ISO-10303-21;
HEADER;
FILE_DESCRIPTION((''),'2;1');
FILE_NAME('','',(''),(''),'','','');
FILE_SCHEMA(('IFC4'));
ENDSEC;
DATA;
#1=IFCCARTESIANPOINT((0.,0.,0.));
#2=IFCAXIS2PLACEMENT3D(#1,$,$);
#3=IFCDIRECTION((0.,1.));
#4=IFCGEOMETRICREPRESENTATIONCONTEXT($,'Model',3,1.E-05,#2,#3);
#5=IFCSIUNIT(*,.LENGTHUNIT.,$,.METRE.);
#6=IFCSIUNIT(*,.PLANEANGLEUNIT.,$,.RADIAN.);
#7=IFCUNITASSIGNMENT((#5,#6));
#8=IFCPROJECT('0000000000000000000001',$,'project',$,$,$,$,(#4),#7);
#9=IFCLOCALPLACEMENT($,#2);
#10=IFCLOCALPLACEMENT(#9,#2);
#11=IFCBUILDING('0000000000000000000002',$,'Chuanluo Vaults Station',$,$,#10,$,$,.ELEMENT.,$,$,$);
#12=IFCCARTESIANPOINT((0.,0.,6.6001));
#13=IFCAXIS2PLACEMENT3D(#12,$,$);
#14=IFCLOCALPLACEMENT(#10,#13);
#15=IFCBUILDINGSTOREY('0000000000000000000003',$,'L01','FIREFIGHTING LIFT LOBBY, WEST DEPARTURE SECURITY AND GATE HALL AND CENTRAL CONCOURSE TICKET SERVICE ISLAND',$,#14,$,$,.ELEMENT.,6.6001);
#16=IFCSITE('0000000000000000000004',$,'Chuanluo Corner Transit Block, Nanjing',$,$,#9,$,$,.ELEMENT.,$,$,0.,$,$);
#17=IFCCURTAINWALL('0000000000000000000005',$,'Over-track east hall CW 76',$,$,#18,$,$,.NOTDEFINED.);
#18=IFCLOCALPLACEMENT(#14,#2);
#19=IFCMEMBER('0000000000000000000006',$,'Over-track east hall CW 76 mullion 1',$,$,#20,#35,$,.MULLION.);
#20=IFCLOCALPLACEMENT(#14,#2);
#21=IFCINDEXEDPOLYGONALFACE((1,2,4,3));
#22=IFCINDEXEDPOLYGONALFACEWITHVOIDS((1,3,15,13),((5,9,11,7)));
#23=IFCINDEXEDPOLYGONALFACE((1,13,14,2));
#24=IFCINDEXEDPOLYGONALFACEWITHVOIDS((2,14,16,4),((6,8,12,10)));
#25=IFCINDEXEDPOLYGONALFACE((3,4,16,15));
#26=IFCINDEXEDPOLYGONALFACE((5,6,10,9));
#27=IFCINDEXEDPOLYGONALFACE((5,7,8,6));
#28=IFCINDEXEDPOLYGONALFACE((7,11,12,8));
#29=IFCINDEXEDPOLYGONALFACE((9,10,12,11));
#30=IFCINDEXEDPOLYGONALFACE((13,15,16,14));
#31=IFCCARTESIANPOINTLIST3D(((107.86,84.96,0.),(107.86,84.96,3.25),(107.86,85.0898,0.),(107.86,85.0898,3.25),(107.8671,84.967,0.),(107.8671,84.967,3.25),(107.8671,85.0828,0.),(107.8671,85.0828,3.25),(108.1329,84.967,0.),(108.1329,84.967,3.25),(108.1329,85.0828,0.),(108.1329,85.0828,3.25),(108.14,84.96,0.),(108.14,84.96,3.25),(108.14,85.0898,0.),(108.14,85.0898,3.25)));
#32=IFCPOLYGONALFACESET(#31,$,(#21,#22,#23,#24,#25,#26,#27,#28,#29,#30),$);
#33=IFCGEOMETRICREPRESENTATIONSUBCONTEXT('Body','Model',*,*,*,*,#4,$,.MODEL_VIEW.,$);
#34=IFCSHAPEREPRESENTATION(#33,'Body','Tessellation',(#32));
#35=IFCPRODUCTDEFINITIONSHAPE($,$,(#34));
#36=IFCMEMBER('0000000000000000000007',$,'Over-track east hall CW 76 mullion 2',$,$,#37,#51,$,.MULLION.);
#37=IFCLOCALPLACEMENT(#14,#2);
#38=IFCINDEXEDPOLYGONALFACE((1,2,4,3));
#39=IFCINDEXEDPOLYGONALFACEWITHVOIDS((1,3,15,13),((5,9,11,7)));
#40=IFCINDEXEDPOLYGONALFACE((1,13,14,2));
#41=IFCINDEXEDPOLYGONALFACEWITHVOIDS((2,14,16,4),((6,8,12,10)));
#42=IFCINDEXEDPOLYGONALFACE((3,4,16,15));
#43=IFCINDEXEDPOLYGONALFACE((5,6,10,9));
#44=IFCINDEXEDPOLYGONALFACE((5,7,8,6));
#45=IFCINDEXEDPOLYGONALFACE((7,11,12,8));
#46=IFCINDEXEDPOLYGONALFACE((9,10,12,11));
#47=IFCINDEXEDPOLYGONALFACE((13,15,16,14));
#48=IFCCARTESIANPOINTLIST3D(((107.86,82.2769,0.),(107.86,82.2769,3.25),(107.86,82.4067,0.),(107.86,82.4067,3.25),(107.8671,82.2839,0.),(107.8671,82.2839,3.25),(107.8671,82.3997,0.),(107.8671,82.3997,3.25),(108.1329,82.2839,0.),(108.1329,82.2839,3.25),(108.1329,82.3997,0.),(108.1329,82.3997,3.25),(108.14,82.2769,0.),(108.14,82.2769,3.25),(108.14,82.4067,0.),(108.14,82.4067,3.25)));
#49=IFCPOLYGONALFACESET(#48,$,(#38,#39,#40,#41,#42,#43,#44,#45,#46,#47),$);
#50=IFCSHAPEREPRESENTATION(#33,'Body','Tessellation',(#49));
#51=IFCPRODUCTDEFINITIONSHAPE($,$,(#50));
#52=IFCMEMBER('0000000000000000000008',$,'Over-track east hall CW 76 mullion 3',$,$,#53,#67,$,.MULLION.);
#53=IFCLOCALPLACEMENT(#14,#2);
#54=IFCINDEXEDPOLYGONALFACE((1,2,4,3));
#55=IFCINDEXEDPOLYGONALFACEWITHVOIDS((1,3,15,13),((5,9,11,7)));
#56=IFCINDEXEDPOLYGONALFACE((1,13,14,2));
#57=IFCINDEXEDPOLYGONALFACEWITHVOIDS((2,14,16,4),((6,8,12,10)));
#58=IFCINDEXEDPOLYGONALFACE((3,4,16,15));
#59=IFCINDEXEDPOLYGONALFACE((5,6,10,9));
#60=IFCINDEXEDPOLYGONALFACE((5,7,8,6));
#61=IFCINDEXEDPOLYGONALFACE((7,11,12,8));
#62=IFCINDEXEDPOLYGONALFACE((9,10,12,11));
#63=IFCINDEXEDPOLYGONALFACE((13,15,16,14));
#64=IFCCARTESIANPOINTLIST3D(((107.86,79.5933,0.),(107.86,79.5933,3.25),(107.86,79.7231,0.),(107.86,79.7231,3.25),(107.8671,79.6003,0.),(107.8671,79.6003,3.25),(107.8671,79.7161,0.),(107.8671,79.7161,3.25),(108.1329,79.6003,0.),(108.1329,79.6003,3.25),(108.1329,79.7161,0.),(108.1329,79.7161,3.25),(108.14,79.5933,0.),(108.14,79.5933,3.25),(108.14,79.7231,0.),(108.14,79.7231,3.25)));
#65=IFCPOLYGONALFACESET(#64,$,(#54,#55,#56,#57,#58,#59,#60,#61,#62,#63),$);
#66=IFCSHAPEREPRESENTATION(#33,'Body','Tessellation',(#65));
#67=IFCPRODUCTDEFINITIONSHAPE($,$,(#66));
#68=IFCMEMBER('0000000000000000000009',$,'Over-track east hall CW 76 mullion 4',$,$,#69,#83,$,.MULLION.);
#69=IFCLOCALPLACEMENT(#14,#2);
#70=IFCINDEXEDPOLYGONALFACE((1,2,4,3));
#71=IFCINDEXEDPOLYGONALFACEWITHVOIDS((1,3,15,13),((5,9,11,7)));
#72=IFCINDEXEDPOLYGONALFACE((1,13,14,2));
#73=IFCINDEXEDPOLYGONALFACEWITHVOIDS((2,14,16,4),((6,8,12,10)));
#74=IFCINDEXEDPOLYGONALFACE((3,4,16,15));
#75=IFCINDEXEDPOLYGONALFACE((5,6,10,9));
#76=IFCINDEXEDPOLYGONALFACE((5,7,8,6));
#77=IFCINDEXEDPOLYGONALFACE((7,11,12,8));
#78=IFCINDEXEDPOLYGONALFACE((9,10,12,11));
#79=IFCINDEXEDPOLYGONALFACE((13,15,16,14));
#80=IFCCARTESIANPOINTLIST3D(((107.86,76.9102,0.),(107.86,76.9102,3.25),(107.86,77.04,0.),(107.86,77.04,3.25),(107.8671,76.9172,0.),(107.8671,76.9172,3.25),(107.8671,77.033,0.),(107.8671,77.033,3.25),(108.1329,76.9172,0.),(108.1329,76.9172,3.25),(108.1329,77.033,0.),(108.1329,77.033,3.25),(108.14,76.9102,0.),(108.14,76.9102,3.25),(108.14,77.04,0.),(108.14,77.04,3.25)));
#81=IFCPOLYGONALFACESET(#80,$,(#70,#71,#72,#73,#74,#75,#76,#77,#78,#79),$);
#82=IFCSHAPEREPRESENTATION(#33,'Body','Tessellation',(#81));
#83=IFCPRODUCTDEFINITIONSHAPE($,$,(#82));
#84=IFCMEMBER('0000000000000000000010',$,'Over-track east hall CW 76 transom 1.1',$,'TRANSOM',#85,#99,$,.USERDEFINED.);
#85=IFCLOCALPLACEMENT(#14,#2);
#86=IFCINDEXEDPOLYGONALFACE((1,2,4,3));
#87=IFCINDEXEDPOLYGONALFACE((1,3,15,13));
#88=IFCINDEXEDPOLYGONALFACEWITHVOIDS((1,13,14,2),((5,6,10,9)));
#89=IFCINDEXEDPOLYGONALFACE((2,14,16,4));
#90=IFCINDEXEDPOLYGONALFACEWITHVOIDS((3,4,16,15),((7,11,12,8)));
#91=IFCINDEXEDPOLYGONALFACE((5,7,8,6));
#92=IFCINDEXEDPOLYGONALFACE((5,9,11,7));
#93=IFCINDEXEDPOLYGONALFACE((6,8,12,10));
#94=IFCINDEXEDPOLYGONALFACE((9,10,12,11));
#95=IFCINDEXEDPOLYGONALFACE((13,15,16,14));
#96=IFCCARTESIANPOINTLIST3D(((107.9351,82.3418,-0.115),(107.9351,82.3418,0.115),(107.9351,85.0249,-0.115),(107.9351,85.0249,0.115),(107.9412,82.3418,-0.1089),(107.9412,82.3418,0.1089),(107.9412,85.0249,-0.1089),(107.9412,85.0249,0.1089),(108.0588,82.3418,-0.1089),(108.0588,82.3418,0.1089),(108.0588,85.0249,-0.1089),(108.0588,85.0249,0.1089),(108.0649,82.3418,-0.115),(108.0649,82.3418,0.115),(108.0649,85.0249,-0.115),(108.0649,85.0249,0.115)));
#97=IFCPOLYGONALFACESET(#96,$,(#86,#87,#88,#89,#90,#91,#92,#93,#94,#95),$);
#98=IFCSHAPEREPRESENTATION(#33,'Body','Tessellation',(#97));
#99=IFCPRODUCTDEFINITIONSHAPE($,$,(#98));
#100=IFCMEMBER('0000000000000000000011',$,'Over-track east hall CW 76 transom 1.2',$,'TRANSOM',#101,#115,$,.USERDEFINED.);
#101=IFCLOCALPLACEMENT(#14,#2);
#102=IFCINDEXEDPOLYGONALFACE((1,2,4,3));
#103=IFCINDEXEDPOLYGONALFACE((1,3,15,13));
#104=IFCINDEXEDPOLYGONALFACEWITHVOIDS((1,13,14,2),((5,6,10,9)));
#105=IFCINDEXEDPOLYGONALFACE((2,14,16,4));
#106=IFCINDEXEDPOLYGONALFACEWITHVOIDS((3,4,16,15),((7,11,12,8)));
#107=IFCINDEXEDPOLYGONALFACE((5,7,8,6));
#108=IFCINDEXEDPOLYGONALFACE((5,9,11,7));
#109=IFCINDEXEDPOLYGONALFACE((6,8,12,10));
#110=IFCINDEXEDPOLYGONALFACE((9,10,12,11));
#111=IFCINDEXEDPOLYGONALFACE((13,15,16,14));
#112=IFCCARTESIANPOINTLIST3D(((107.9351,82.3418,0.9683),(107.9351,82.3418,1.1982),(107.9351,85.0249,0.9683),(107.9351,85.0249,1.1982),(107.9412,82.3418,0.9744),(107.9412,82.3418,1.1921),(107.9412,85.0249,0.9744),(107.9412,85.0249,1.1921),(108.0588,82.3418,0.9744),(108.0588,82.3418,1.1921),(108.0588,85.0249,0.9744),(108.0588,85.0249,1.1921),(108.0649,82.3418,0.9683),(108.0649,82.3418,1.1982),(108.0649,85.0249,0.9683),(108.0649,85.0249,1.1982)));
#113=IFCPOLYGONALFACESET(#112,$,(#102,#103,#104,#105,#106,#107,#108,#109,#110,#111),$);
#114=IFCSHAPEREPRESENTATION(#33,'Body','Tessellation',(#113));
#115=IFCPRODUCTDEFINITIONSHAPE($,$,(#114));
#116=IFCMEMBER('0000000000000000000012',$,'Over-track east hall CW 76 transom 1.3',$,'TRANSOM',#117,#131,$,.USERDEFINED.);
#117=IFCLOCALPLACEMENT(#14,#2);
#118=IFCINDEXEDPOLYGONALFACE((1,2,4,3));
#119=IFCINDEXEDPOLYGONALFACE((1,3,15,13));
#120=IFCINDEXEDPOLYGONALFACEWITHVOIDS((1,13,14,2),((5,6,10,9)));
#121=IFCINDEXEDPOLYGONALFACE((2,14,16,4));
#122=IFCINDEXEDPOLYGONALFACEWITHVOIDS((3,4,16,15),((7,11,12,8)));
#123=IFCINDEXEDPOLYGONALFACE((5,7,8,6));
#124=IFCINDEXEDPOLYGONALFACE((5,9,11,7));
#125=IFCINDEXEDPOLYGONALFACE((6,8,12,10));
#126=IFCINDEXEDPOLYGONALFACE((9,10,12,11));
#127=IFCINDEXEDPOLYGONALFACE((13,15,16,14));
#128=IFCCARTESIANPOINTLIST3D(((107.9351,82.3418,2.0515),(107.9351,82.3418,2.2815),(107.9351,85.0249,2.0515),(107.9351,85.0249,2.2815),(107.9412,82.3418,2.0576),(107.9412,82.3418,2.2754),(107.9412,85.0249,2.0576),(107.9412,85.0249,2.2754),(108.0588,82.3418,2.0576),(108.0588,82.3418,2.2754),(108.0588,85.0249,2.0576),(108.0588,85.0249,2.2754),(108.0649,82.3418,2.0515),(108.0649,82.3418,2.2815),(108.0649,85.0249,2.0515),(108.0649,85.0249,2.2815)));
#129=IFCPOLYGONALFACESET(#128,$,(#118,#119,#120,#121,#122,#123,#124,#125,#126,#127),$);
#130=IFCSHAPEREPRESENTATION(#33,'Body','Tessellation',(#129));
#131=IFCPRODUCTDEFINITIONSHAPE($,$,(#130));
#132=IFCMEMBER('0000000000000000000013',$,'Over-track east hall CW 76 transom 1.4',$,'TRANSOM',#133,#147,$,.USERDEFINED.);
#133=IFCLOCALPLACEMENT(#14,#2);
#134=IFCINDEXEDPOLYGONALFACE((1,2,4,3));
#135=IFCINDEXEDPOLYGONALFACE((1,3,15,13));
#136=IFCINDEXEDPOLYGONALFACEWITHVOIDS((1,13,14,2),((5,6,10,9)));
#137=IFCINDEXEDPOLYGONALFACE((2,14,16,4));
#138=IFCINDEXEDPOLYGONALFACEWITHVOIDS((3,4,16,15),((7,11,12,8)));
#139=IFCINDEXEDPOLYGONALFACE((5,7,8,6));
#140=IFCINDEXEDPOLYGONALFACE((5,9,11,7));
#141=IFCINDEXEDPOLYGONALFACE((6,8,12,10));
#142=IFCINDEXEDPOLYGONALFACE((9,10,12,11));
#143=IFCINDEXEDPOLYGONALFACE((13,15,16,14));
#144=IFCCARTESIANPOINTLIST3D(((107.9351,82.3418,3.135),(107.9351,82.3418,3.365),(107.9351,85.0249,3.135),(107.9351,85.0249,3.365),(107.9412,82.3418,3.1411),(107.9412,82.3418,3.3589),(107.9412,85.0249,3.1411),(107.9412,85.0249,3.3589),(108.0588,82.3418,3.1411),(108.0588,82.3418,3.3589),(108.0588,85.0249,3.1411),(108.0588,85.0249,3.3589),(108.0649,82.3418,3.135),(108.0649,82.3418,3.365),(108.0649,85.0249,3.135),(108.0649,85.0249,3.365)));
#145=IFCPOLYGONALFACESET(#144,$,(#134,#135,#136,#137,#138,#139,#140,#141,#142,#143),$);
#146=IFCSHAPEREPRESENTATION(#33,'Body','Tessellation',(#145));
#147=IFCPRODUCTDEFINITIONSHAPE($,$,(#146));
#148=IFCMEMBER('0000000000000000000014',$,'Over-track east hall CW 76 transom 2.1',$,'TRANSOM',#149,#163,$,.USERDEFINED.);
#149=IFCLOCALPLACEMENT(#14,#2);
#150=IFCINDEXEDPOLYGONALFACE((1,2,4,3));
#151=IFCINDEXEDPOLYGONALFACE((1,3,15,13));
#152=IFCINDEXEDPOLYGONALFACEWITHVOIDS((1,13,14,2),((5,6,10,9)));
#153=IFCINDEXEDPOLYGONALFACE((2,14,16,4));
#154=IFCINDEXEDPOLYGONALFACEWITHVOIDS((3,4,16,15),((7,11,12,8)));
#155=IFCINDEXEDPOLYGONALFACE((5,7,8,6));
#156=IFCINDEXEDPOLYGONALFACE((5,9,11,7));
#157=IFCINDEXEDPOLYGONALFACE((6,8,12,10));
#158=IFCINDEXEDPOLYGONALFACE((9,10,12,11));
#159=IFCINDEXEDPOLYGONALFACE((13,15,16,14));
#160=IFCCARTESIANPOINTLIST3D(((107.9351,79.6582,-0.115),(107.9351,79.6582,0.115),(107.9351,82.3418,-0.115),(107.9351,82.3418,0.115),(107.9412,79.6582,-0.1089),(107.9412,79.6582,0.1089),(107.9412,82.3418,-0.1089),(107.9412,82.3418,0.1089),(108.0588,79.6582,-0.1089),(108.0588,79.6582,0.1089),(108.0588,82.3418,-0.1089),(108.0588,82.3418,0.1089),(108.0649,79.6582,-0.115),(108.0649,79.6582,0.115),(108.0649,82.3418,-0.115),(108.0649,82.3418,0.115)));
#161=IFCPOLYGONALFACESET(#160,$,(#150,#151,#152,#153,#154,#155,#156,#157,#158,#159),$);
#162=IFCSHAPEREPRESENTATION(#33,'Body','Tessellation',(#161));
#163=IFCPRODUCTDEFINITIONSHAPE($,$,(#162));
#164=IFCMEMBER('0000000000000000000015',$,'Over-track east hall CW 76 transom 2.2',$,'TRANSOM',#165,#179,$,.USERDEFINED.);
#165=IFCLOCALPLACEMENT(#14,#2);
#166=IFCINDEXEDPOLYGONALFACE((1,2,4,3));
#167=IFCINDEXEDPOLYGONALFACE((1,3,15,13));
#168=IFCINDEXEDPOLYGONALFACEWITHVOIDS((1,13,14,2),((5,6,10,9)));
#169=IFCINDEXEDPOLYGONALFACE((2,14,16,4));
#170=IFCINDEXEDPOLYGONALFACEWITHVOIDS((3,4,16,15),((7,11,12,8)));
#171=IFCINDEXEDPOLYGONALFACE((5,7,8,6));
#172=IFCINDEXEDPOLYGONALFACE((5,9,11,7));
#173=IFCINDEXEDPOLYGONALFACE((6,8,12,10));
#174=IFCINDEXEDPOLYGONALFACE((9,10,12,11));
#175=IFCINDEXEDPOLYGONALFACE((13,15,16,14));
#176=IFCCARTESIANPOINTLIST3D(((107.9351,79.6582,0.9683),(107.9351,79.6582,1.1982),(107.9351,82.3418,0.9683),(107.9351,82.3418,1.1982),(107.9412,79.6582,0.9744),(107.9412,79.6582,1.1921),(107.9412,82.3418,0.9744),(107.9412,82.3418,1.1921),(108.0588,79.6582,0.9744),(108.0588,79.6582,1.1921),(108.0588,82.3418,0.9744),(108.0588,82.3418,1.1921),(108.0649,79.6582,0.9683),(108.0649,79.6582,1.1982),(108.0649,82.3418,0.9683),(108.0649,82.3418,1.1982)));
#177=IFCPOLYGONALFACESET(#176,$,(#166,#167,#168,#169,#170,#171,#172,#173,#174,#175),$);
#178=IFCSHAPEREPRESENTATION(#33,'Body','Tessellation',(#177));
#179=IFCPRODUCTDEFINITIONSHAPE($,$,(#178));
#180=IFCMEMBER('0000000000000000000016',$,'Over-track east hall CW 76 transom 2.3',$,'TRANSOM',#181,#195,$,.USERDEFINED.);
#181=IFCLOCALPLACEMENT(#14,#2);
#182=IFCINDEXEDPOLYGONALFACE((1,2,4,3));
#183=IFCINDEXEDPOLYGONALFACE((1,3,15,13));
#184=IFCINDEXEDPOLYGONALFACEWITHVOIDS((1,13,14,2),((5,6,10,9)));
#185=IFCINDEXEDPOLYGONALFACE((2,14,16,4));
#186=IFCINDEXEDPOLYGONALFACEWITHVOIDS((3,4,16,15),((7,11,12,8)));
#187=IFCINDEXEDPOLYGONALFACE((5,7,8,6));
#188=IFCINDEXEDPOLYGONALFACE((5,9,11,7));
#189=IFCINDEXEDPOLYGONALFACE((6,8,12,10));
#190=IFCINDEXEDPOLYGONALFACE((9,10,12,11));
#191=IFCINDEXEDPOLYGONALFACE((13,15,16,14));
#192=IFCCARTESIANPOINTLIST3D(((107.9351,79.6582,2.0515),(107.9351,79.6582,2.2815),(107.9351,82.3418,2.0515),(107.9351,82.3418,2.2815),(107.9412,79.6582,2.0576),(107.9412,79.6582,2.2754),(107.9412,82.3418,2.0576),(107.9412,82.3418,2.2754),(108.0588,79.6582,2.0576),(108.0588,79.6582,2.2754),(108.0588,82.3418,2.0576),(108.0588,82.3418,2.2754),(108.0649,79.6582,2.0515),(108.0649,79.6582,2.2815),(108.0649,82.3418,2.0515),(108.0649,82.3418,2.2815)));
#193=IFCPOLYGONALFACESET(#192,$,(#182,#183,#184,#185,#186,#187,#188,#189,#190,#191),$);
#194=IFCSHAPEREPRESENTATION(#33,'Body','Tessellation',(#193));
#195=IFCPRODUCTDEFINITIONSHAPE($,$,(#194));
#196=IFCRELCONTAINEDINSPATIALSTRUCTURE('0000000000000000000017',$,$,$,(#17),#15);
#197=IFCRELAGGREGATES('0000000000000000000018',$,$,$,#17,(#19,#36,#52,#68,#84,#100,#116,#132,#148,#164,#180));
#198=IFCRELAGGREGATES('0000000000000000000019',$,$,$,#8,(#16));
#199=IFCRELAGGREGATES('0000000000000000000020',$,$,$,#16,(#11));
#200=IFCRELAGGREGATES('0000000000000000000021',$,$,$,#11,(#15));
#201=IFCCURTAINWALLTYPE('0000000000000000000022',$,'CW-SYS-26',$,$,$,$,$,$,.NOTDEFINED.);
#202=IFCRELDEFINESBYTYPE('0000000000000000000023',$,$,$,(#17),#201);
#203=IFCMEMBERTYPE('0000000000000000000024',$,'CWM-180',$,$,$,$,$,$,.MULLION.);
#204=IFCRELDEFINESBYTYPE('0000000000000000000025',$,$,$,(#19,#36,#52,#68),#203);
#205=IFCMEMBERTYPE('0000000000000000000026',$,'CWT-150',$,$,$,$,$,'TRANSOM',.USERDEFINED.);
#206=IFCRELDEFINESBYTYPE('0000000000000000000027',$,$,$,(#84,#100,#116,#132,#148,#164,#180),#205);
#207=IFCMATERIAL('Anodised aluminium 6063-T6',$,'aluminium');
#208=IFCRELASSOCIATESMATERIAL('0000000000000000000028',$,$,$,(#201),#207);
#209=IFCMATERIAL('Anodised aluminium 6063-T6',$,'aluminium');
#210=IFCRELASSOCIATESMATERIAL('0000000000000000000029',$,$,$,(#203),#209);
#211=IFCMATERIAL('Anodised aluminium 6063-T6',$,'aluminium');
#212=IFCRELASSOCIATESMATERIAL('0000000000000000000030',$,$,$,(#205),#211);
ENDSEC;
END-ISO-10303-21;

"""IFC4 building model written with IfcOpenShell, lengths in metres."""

from ifc_helpers import new_model, si_unit, direction, frame, origin, origin_2d, place, context, subcontext, project, spatial, hollow_rectangle, extrude, material, material_profile, profile_set, type_object, element, aggregate, save


model = new_model("IFC4")

# Units and contexts
model_context = context("Model", 3, precision=1e-05, world=origin(), true_north=direction((0.0, 1.0)))
body_context = subcontext(model_context, "Body", "Model", "MODEL_VIEW")
ifc_project = project(units=[si_unit("LENGTHUNIT", "METRE"), si_unit("PLANEANGLEUNIT", "RADIAN")], contexts=[model_context])

# Site, building, storey
site_placement = place(None, origin())
site = spatial("IfcSite", under=ifc_project, at=site_placement, Name="Chuanluo Corner Transit Block, Nanjing", CompositionType="ELEMENT", RefElevation=0.0)
building_placement = place(site_placement, origin())
building = spatial("IfcBuilding", under=site, at=building_placement, Name="Chuanluo Vaults Station", CompositionType="ELEMENT")
storey_placement = place(building_placement, frame((0.0, 0.0, 6.6001)))
storey = spatial("IfcBuildingStorey", under=building, at=storey_placement, Name="L01", Description="FIREFIGHTING LIFT LOBBY, WEST DEPARTURE SECURITY AND GATE HALL AND CENTRAL CONCOURSE TICKET SERVICE ISLAND", CompositionType="ELEMENT", Elevation=6.6001)

# Curtain wall, members
ifc_material_1 = material(Name="Anodised aluminium 6063-T6", Category="aluminium")
curtain_wall_type = type_object("IfcCurtainWallType", Name="CW-SYS-26", PredefinedType="NOTDEFINED", material=ifc_material_1)
curtain_wall_placement = place(storey_placement, origin())
curtain_wall = element("IfcCurtainWall", 1, at=curtain_wall_placement, inside=storey, type_object=curtain_wall_type, Name="Over-track east hall CW 76", PredefinedType="NOTDEFINED")
ifc_material_2 = material(Name="Anodised aluminium 6063-T6", Category="aluminium")
ifc_material_profile_1 = material_profile(ifc_material_2, hollow_rectangle(XDim=0.1299, YDim=0.28, WallThickness=0.0071, at=origin_2d()))
ifc_profile_set_1 = profile_set([ifc_material_profile_1], Name="Anodised aluminium 6063-T6")
member_type_1 = type_object("IfcMemberType", Name="CWM-180", PredefinedType="MULLION", material=ifc_profile_set_1)
member_1_placement = place(storey_placement, frame((108.0, 85.0249, 0.0), z_axis=(0.0, 0.0, 1.0), x_axis=(0.0, -1.0, 0.0)))
member_1 = element("IfcMember", 2, at=member_1_placement, type_object=member_type_1, Name="Over-track east hall CW 76 mullion 1", PredefinedType="MULLION", context=body_context, shape_type="SweptSolid", body=[
    extrude(hollow_rectangle(XDim=0.1299, YDim=0.28, WallThickness=0.0071, at=origin_2d()), origin(), (0.0, 0.0, 1.0), 3.25),
])
member_2_placement = place(storey_placement, frame((108.0, 82.3418, 0.0), z_axis=(0.0, 0.0, 1.0), x_axis=(0.0, -1.0, 0.0)))
member_2 = element("IfcMember", 3, at=member_2_placement, type_object=member_type_1, Name="Over-track east hall CW 76 mullion 2", PredefinedType="MULLION", context=body_context, shape_type="SweptSolid", body=[
    extrude(hollow_rectangle(XDim=0.1299, YDim=0.28, WallThickness=0.0071, at=origin_2d()), origin(), (0.0, 0.0, 1.0), 3.25),
])
member_3_placement = place(storey_placement, frame((108.0, 79.6582, 0.0), z_axis=(0.0, 0.0, 1.0), x_axis=(0.0, -1.0, 0.0)))
member_3 = element("IfcMember", 4, at=member_3_placement, type_object=member_type_1, Name="Over-track east hall CW 76 mullion 3", PredefinedType="MULLION", context=body_context, shape_type="SweptSolid", body=[
    extrude(hollow_rectangle(XDim=0.1299, YDim=0.28, WallThickness=0.0071, at=origin_2d()), origin(), (0.0, 0.0, 1.0), 3.25),
])
member_4_placement = place(storey_placement, frame((108.0, 76.9751, 0.0), z_axis=(0.0, 0.0, 1.0), x_axis=(0.0, -1.0, 0.0)))
member_4 = element("IfcMember", 5, at=member_4_placement, type_object=member_type_1, Name="Over-track east hall CW 76 mullion 4", PredefinedType="MULLION", context=body_context, shape_type="SweptSolid", body=[
    extrude(hollow_rectangle(XDim=0.1299, YDim=0.28, WallThickness=0.0071, at=origin_2d()), origin(), (0.0, 0.0, 1.0), 3.25),
])
ifc_material_3 = material(Name="Anodised aluminium 6063-T6", Category="aluminium")
ifc_material_profile_2 = material_profile(ifc_material_3, hollow_rectangle(XDim=0.1299, YDim=0.23, WallThickness=0.0061, at=origin_2d()))
ifc_profile_set_2 = profile_set([ifc_material_profile_2], Name="Anodised aluminium 6063-T6")
member_type_2 = type_object("IfcMemberType", Name="CWT-150", ElementType="TRANSOM", PredefinedType="USERDEFINED", material=ifc_profile_set_2)
member_5_placement = place(storey_placement, frame((108.0, 85.0249, 0.0), z_axis=(0.0, -1.0, 0.0), x_axis=(1.0, 0.0, 0.0)))
member_5 = element("IfcMember", 6, at=member_5_placement, type_object=member_type_2, Name="Over-track east hall CW 76 transom 1.1", ObjectType="TRANSOM", PredefinedType="USERDEFINED", context=body_context, shape_type="SweptSolid", body=[
    extrude(hollow_rectangle(XDim=0.1299, YDim=0.23, WallThickness=0.0061, at=origin_2d()), origin(), (0.0, 0.0, 1.0), 2.6831),
])
member_6_placement = place(storey_placement, frame((108.0, 85.0249, 1.0833), z_axis=(0.0, -1.0, 0.0), x_axis=(1.0, 0.0, 0.0)))
member_6 = element("IfcMember", 7, at=member_6_placement, type_object=member_type_2, Name="Over-track east hall CW 76 transom 1.2", ObjectType="TRANSOM", PredefinedType="USERDEFINED", context=body_context, shape_type="SweptSolid", body=[
    extrude(hollow_rectangle(XDim=0.1299, YDim=0.23, WallThickness=0.0061, at=origin_2d()), origin(), (0.0, 0.0, 1.0), 2.6831),
])
member_7_placement = place(storey_placement, frame((108.0, 85.0249, 2.1665), z_axis=(0.0, -1.0, 0.0), x_axis=(1.0, 0.0, 0.0)))
member_7 = element("IfcMember", 8, at=member_7_placement, type_object=member_type_2, Name="Over-track east hall CW 76 transom 1.3", ObjectType="TRANSOM", PredefinedType="USERDEFINED", context=body_context, shape_type="SweptSolid", body=[
    extrude(hollow_rectangle(XDim=0.1299, YDim=0.23, WallThickness=0.0061, at=origin_2d()), origin(), (0.0, 0.0, 1.0), 2.6831),
])
member_8_placement = place(storey_placement, frame((108.0, 85.0249, 3.25), z_axis=(0.0, -1.0, 0.0), x_axis=(1.0, 0.0, 0.0)))
member_8 = element("IfcMember", 9, at=member_8_placement, type_object=member_type_2, Name="Over-track east hall CW 76 transom 1.4", ObjectType="TRANSOM", PredefinedType="USERDEFINED", context=body_context, shape_type="SweptSolid", body=[
    extrude(hollow_rectangle(XDim=0.1299, YDim=0.23, WallThickness=0.0061, at=origin_2d()), origin(), (0.0, 0.0, 1.0), 2.6831),
])
member_9_placement = place(storey_placement, frame((108.0, 82.3418, 0.0), z_axis=(0.0, -1.0, 0.0), x_axis=(1.0, 0.0, 0.0)))
member_9 = element("IfcMember", 10, at=member_9_placement, type_object=member_type_2, Name="Over-track east hall CW 76 transom 2.1", ObjectType="TRANSOM", PredefinedType="USERDEFINED", context=body_context, shape_type="SweptSolid", body=[
    extrude(hollow_rectangle(XDim=0.1299, YDim=0.23, WallThickness=0.0061, at=origin_2d()), origin(), (0.0, 0.0, 1.0), 2.6836),
])
member_10_placement = place(storey_placement, frame((108.0, 82.3418, 1.0833), z_axis=(0.0, -1.0, 0.0), x_axis=(1.0, 0.0, 0.0)))
member_10 = element("IfcMember", 11, at=member_10_placement, type_object=member_type_2, Name="Over-track east hall CW 76 transom 2.2", ObjectType="TRANSOM", PredefinedType="USERDEFINED", context=body_context, shape_type="SweptSolid", body=[
    extrude(hollow_rectangle(XDim=0.1299, YDim=0.23, WallThickness=0.0061, at=origin_2d()), origin(), (0.0, 0.0, 1.0), 2.6836),
])
member_11_placement = place(storey_placement, frame((108.0, 82.3418, 2.1665), z_axis=(0.0, -1.0, 0.0), x_axis=(1.0, 0.0, 0.0)))
member_11 = element("IfcMember", 12, at=member_11_placement, type_object=member_type_2, Name="Over-track east hall CW 76 transom 2.3", ObjectType="TRANSOM", PredefinedType="USERDEFINED", context=body_context, shape_type="SweptSolid", body=[
    extrude(hollow_rectangle(XDim=0.1299, YDim=0.23, WallThickness=0.0061, at=origin_2d()), origin(), (0.0, 0.0, 1.0), 2.6836),
])
aggregate(curtain_wall, [member_1, member_2, member_3, member_4, member_5, member_6, member_7, member_8, member_9, member_10, member_11])

save(model, "model.ifc")
